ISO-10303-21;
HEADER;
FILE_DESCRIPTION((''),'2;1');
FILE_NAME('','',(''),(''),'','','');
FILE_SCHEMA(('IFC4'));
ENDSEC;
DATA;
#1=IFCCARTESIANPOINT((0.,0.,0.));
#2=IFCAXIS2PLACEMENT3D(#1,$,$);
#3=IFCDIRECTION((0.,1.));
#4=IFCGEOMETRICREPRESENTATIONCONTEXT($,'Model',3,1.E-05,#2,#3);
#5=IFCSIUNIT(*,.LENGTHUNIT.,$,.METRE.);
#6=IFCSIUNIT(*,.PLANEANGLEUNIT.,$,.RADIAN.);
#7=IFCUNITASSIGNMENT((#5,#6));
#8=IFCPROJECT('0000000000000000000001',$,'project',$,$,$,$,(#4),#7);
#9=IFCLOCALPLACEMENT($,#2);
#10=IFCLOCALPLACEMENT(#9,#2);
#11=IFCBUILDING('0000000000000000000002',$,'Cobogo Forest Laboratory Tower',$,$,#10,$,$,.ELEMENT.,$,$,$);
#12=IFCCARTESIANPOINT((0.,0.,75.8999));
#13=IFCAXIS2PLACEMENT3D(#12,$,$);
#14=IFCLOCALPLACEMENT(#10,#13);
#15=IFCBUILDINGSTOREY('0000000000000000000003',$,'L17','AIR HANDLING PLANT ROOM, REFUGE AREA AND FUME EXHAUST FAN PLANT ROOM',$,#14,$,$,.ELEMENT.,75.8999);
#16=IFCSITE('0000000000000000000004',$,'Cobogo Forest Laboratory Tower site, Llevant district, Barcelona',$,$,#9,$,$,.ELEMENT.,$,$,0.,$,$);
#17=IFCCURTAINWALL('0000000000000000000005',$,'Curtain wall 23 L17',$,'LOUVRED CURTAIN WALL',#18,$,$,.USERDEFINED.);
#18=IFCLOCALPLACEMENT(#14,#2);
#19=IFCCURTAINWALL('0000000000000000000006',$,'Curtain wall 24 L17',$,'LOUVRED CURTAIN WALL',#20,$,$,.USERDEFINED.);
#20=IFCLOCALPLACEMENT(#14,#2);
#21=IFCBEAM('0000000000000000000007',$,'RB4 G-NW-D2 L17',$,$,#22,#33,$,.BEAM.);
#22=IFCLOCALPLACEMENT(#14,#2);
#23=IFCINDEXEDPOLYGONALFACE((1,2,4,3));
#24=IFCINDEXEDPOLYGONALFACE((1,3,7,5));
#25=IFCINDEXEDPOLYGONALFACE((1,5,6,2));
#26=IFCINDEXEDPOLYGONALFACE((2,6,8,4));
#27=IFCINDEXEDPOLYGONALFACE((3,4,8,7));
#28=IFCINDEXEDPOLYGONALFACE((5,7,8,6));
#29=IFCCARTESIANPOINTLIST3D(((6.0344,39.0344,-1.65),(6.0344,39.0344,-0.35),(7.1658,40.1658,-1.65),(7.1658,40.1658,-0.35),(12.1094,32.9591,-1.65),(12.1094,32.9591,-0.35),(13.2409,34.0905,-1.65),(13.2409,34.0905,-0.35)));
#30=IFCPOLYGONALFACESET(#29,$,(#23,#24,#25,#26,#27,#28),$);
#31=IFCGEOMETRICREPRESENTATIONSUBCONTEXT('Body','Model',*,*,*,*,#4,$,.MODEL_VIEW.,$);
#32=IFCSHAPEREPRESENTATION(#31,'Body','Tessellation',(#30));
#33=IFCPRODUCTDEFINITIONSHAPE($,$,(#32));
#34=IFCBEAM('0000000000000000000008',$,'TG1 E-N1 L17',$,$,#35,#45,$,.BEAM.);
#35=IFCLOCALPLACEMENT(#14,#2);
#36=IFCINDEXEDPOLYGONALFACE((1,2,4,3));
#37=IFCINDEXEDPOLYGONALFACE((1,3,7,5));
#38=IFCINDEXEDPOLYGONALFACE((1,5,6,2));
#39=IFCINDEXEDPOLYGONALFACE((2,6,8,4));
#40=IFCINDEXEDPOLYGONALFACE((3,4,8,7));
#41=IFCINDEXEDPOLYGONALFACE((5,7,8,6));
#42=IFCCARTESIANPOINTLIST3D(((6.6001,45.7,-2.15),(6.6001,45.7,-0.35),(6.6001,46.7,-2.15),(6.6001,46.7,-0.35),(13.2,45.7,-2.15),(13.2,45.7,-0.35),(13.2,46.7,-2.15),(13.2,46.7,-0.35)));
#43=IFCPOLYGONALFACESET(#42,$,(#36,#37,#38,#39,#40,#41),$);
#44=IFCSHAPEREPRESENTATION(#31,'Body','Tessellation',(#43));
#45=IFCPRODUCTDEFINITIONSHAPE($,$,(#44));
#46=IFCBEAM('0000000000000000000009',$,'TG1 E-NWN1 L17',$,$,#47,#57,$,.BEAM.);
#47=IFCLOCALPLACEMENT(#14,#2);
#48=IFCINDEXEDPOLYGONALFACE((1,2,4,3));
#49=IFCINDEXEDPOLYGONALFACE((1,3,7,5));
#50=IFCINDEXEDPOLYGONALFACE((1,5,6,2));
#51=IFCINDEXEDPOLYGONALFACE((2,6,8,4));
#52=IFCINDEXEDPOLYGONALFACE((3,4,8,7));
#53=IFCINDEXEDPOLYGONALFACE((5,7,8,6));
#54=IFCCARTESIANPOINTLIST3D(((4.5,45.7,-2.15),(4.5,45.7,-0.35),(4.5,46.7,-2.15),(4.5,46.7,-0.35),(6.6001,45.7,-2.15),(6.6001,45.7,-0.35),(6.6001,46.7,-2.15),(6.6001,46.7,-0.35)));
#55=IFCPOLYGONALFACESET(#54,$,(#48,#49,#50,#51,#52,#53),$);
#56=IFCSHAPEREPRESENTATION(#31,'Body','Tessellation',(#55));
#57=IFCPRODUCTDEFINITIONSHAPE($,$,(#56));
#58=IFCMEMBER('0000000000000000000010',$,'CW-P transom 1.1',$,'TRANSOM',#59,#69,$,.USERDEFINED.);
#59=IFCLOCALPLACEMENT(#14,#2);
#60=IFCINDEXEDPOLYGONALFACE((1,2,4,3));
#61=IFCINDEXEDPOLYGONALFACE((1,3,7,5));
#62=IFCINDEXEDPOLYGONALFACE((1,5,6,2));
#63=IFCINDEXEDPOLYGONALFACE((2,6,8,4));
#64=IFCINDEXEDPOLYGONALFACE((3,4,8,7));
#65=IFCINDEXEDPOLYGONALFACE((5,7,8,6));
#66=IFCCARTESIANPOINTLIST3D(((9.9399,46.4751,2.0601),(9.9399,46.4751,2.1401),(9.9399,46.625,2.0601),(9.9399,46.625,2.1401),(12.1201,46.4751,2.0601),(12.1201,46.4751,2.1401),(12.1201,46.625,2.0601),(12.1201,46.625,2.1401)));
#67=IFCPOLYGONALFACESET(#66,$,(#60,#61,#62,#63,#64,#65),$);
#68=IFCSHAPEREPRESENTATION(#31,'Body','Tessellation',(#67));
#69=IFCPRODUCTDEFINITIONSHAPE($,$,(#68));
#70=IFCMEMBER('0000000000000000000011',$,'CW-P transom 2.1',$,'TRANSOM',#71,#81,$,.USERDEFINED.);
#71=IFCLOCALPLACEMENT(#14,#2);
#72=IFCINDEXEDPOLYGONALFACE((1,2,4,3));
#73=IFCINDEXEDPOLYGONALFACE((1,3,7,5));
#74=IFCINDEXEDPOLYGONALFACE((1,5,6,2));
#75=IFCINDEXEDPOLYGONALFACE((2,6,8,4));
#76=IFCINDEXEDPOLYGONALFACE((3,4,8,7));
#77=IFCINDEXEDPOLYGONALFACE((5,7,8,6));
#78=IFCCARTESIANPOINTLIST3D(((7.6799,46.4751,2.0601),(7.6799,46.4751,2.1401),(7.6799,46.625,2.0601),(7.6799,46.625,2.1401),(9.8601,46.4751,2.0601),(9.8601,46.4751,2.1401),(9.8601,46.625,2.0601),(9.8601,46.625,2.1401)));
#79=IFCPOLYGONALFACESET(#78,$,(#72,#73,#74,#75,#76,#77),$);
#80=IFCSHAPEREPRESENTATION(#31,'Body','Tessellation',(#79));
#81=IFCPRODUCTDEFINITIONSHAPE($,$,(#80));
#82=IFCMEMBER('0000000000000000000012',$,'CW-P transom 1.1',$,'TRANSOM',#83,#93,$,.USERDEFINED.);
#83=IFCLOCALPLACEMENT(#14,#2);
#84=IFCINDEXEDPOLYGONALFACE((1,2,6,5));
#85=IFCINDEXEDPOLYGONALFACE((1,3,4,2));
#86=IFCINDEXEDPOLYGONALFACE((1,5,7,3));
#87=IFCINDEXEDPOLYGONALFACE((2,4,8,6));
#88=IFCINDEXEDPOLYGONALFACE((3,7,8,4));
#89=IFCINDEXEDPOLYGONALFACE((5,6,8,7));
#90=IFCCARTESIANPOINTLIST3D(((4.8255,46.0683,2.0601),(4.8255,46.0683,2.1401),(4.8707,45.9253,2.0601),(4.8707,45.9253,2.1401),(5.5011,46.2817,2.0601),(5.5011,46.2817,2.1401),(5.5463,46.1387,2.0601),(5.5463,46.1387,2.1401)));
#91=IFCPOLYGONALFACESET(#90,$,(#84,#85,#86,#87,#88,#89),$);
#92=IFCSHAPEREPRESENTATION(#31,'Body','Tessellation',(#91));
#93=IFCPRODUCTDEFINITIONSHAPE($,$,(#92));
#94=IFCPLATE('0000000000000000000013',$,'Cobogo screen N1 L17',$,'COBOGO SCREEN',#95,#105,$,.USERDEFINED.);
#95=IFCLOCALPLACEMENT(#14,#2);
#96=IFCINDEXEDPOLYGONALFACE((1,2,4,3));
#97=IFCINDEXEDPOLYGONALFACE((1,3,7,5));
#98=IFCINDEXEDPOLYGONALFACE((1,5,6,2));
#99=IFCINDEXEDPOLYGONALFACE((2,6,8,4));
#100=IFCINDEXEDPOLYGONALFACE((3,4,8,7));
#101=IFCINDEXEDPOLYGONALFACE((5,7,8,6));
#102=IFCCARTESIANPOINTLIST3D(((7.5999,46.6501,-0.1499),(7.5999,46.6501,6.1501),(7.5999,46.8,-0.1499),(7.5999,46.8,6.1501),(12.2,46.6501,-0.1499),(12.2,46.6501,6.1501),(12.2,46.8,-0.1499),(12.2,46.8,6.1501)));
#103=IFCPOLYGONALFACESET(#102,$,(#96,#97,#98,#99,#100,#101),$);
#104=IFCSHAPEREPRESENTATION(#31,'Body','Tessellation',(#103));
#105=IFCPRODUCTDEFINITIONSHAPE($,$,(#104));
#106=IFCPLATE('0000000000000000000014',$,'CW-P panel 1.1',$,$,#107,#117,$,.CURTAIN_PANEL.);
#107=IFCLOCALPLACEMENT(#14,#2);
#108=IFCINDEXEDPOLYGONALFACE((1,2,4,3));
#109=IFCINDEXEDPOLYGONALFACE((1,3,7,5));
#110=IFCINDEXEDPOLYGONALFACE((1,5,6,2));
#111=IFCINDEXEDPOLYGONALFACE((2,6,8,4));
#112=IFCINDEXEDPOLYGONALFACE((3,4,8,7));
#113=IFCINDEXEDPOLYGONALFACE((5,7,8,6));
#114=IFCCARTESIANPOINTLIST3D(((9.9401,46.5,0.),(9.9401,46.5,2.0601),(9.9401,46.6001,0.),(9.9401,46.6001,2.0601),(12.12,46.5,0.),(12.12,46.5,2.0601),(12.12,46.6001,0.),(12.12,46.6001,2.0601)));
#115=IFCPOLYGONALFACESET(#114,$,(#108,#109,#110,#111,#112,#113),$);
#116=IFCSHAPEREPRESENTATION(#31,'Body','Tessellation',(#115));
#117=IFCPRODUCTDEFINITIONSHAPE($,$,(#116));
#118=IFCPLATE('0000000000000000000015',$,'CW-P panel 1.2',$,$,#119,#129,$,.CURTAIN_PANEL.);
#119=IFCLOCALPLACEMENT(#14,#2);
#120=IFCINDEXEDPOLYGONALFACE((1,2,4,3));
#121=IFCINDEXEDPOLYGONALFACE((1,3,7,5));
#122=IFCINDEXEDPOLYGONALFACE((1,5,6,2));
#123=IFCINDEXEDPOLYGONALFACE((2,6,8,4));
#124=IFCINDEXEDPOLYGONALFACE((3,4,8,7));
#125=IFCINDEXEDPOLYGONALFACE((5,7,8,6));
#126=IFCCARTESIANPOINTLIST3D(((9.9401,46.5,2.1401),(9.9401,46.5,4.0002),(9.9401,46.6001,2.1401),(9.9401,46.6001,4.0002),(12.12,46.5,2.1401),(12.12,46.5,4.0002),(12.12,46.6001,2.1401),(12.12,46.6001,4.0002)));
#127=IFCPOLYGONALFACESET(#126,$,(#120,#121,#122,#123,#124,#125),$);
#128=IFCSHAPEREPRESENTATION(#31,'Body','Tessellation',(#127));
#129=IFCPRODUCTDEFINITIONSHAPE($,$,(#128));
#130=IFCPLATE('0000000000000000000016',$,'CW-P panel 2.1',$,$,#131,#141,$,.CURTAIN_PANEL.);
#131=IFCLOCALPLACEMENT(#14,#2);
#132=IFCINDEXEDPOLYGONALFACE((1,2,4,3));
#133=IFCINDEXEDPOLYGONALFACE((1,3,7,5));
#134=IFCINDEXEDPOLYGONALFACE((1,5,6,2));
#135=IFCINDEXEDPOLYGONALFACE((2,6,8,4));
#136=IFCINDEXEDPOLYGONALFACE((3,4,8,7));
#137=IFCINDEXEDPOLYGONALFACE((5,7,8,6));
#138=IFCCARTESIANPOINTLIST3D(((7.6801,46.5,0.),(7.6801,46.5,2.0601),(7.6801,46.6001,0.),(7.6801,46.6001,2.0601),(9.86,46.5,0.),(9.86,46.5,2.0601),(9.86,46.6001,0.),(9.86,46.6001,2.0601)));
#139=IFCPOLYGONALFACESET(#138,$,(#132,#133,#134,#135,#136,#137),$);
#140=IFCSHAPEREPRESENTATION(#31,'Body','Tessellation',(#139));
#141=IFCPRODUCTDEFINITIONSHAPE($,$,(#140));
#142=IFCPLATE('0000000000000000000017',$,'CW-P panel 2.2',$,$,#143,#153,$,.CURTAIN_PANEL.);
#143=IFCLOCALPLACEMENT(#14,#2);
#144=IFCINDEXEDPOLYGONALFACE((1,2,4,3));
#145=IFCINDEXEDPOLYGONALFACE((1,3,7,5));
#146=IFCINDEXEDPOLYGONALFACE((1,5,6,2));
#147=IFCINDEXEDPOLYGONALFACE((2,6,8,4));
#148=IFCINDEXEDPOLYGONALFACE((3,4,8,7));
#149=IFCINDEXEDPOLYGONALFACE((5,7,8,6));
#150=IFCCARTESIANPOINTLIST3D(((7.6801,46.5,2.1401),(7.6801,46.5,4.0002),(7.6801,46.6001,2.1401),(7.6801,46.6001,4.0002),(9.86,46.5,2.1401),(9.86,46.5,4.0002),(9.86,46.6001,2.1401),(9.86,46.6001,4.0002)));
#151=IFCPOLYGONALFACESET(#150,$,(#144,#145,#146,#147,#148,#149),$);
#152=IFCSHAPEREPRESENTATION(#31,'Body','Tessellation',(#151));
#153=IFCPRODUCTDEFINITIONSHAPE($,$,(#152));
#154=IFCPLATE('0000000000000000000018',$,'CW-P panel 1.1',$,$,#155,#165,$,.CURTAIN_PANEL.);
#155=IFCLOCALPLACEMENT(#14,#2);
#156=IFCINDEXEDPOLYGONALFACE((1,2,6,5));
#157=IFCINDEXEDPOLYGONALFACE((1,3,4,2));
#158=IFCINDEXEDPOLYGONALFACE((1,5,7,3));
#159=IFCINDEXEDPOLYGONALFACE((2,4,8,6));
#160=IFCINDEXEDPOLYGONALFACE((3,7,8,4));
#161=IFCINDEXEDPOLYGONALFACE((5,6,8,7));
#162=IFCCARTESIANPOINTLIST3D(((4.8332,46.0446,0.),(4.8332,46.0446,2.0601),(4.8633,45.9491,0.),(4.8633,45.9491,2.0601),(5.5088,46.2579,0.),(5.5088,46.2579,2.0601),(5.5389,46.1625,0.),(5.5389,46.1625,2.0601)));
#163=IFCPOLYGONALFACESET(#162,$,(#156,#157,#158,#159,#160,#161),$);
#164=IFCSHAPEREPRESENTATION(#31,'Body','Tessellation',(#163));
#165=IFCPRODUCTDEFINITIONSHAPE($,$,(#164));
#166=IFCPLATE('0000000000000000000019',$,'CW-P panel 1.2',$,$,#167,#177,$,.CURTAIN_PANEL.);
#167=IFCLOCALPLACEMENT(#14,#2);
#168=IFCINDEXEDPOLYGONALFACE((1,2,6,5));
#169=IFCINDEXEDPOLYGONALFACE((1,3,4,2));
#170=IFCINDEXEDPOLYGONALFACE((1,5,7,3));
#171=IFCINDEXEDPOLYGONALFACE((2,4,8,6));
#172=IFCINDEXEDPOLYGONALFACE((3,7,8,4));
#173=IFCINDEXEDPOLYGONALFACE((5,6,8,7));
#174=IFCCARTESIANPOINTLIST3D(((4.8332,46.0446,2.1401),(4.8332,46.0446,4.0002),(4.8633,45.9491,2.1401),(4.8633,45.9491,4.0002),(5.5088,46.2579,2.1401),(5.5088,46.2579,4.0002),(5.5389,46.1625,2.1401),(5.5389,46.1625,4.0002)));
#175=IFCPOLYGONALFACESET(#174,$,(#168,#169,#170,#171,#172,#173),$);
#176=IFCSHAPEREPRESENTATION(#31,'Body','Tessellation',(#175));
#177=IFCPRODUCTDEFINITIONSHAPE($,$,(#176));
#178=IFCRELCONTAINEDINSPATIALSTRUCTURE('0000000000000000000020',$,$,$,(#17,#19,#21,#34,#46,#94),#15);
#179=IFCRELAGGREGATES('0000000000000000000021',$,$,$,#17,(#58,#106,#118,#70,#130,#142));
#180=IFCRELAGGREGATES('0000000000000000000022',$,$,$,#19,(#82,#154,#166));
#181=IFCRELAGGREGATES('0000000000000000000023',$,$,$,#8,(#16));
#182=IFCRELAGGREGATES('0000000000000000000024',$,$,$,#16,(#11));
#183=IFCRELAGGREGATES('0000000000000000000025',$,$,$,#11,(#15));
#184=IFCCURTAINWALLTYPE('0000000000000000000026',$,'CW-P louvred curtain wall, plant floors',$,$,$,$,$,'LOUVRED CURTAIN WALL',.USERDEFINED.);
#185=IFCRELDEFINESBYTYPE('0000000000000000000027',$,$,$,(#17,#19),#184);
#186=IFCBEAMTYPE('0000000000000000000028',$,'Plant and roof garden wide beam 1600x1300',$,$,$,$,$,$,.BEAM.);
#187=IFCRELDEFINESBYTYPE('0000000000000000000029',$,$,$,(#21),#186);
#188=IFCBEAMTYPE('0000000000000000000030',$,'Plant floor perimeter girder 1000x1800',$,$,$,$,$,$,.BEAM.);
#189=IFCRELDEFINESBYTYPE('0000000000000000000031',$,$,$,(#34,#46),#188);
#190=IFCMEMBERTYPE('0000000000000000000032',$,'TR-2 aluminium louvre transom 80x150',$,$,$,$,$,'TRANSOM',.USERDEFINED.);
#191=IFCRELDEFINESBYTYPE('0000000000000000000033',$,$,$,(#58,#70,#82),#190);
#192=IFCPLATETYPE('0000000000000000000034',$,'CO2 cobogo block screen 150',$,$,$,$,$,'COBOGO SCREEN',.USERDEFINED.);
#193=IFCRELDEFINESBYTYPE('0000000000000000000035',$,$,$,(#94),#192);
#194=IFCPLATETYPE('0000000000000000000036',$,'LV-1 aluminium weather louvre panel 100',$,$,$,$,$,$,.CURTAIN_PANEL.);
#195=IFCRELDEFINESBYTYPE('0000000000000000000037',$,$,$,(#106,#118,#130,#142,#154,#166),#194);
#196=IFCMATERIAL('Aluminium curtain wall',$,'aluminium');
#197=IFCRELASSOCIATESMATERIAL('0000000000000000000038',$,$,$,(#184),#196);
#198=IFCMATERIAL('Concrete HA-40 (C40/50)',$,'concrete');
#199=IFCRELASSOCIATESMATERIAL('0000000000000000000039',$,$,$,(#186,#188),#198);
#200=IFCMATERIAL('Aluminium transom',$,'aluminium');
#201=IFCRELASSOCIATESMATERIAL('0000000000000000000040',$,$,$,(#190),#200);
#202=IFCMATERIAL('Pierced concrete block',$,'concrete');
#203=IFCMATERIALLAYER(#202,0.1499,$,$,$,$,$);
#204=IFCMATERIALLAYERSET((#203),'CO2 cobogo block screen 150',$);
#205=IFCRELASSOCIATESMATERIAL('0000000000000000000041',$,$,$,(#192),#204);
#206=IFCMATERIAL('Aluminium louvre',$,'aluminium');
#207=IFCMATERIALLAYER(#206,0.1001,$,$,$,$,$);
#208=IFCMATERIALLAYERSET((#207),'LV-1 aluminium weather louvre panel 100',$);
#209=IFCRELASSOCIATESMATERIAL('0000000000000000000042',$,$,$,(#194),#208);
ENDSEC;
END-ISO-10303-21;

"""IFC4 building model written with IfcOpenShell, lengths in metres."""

from ifc_helpers import new_model, si_unit, direction, frame, origin, origin_2d, place, context, subcontext, project, spatial, rectangle, extrude, material, layer, layer_set, material_profile, profile_set, type_object, element, aggregate, save


model = new_model("IFC4")

# Units and contexts
model_context = context("Model", 3, precision=1e-05, world=origin(), true_north=direction((0.0, 1.0)))
body_context = subcontext(model_context, "Body", "Model", "MODEL_VIEW")
ifc_project = project(units=[si_unit("LENGTHUNIT", "METRE"), si_unit("PLANEANGLEUNIT", "RADIAN")], contexts=[model_context])

# Site, building, storey
site_placement = place(None, origin())
site = spatial("IfcSite", under=ifc_project, at=site_placement, Name="Cobogo Forest Laboratory Tower site, Llevant district, Barcelona", CompositionType="ELEMENT", RefElevation=0.0)
building_placement = place(site_placement, origin())
building = spatial("IfcBuilding", under=site, at=building_placement, Name="Cobogo Forest Laboratory Tower", CompositionType="ELEMENT")
storey_placement = place(building_placement, frame((0.0, 0.0, 75.8999)))
storey = spatial("IfcBuildingStorey", under=building, at=storey_placement, Name="L17", Description="AIR HANDLING PLANT ROOM, REFUGE AREA AND FUME EXHAUST FAN PLANT ROOM", CompositionType="ELEMENT", Elevation=75.8999)

# Curtain wall
ifc_material_1 = material(Name="Aluminium curtain wall", Category="aluminium")
curtain_wall_type = type_object("IfcCurtainWallType", Name="CW-P louvred curtain wall, plant floors", ElementType="LOUVRED CURTAIN WALL", PredefinedType="USERDEFINED", material=ifc_material_1)
curtain_wall_1_placement = place(storey_placement, origin())
curtain_wall_1 = element("IfcCurtainWall", 1, at=curtain_wall_1_placement, inside=storey, type_object=curtain_wall_type, Name="Curtain wall 23 L17", ObjectType="LOUVRED CURTAIN WALL", PredefinedType="USERDEFINED")

# Curtain wall
curtain_wall_2_placement = place(storey_placement, origin())
curtain_wall_2 = element("IfcCurtainWall", 2, at=curtain_wall_2_placement, inside=storey, type_object=curtain_wall_type, Name="Curtain wall 24 L17", ObjectType="LOUVRED CURTAIN WALL", PredefinedType="USERDEFINED")

# Beams
ifc_material_2 = material(Name="Concrete HA-40 (C40/50)", Category="concrete")
ifc_material_profile_1 = material_profile(ifc_material_2, rectangle(XDim=1.6001, YDim=1.3, at=origin_2d()), Name="RC 1600x1300")
ifc_profile_set_1 = profile_set([ifc_material_profile_1], Name="Concrete HA-40 (C40/50)")
beam_type_1 = type_object("IfcBeamType", Name="Plant and roof garden wide beam 1600x1300", PredefinedType="BEAM", material=ifc_profile_set_1)
beam_1_placement = place(storey_placement, frame((6.6001, 39.6001, -1.0), z_axis=(0.707093, -0.707121, 0.0), x_axis=(0.707121, 0.707093, 0.0)))
element("IfcBeam", 3, at=beam_1_placement, inside=storey, type_object=beam_type_1, Name="RB4 G-NW-D2 L17", PredefinedType="BEAM", context=body_context, shape_type="SweptSolid", body=[
    extrude(rectangle(XDim=1.6001, YDim=1.3, at=origin_2d()), origin(), (0.0, 0.0, 1.0), 8.5916),
])
ifc_material_profile_2 = material_profile(ifc_material_2, rectangle(XDim=1.0, YDim=1.8, at=origin_2d()), Name="RC 1000x1800")
ifc_profile_set_2 = profile_set([ifc_material_profile_2], Name="Concrete HA-40 (C40/50)")
beam_type_2 = type_object("IfcBeamType", Name="Plant floor perimeter girder 1000x1800", PredefinedType="BEAM", material=ifc_profile_set_2)
beam_2_placement = place(storey_placement, frame((6.6001, 46.2, -1.25), z_axis=(1.0, 0.0, 0.0), x_axis=(0.0, 1.0, 0.0)))
element("IfcBeam", 4, at=beam_2_placement, inside=storey, type_object=beam_type_2, Name="TG1 E-N1 L17", PredefinedType="BEAM", context=body_context, shape_type="SweptSolid", body=[
    extrude(rectangle(XDim=1.0, YDim=1.8, at=origin_2d()), origin(), (0.0, 0.0, 1.0), 6.5999),
])
beam_3_placement = place(storey_placement, frame((6.6001, 46.2, -1.25), z_axis=(-1.0, 0.0, 0.0), x_axis=(0.0, -1.0, 0.0)))
element("IfcBeam", 5, at=beam_3_placement, inside=storey, type_object=beam_type_2, Name="TG1 E-NWN1 L17", PredefinedType="BEAM", context=body_context, shape_type="SweptSolid", body=[
    extrude(rectangle(XDim=1.0, YDim=1.8, at=origin_2d()), origin(), (0.0, 0.0, 1.0), 2.1001),
])

# Members
ifc_material_3 = material(Name="Aluminium transom", Category="aluminium")
ifc_material_profile_3 = material_profile(ifc_material_3, rectangle(XDim=0.1499, YDim=0.0801, at=origin_2d()), Name="AL 80x150")
ifc_profile_set_3 = profile_set([ifc_material_profile_3], Name="Aluminium transom")
member_type_1 = type_object("IfcMemberType", Name="TR-2 aluminium louvre transom 80x150", ElementType="TRANSOM", PredefinedType="USERDEFINED", material=ifc_profile_set_3)
member_1_placement = place(storey_placement, frame((12.1201, 46.55, 2.1001), z_axis=(-1.0, 0.0, 0.0), x_axis=(0.0, -1.0, 0.0)))
member_1 = element("IfcMember", 6, at=member_1_placement, type_object=member_type_1, Name="CW-P transom 1.1", ObjectType="TRANSOM", PredefinedType="USERDEFINED", context=body_context, shape_type="SweptSolid", body=[
    extrude(rectangle(XDim=0.1499, YDim=0.0801, at=origin_2d()), origin(), (0.0, 0.0, 1.0), 2.1802),
])
member_2_placement = place(storey_placement, frame((9.8601, 46.55, 2.1001), z_axis=(-1.0, 0.0, 0.0), x_axis=(0.0, -1.0, 0.0)))
member_2 = element("IfcMember", 7, at=member_2_placement, type_object=member_type_1, Name="CW-P transom 2.1", ObjectType="TRANSOM", PredefinedType="USERDEFINED", context=body_context, shape_type="SweptSolid", body=[
    extrude(rectangle(XDim=0.1499, YDim=0.0801, at=origin_2d()), origin(), (0.0, 0.0, 1.0), 2.1802),
])
member_3_placement = place(storey_placement, frame((5.5237, 46.2102, 2.1001), z_axis=(-0.953562, -0.301197, 0.0), x_axis=(0.301197, -0.953562, 0.0)))
member_3 = element("IfcMember", 8, at=member_3_placement, type_object=member_type_1, Name="CW-P transom 1.1", ObjectType="TRANSOM", PredefinedType="USERDEFINED", context=body_context, shape_type="SweptSolid", body=[
    extrude(rectangle(XDim=0.1499, YDim=0.0801, at=origin_2d()), origin(), (0.0, 0.0, 1.0), 0.7085),
])

# Plates
ifc_material_4 = material(Name="Pierced concrete block", Category="concrete")
ifc_layer_1 = layer(ifc_material_4, 0.1499)
ifc_layer_set_1 = layer_set([ifc_layer_1], Name="CO2 cobogo block screen 150")
plate_type_1 = type_object("IfcPlateType", Name="CO2 cobogo block screen 150", ElementType="COBOGO SCREEN", PredefinedType="USERDEFINED", material=ifc_layer_set_1)
plate_1_placement = place(storey_placement, frame((9.8999, 46.7251, -0.1499), z_axis=(0.0, 0.0, 1.0), x_axis=(1.0, 0.0, 0.0)))
element("IfcPlate", 9, at=plate_1_placement, inside=storey, type_object=plate_type_1, Name="Cobogo screen N1 L17", ObjectType="COBOGO SCREEN", PredefinedType="USERDEFINED", context=body_context, shape_type="SweptSolid", body=[
    extrude(rectangle(XDim=4.6001, YDim=0.1499, at=origin_2d()), origin(), (0.0, 0.0, 1.0), 6.3),
])
ifc_material_5 = material(Name="Aluminium louvre", Category="aluminium")
ifc_layer_2 = layer(ifc_material_5, 0.1001)
ifc_layer_set_2 = layer_set([ifc_layer_2], Name="LV-1 aluminium weather louvre panel 100")
plate_type_2 = type_object("IfcPlateType", Name="LV-1 aluminium weather louvre panel 100", PredefinedType="CURTAIN_PANEL", material=ifc_layer_set_2)
plate_2_placement = place(storey_placement, frame((11.03, 46.55, 0.0), z_axis=(0.0, 0.0, 1.0), x_axis=(-1.0, 0.0, 0.0)))
plate_2 = element("IfcPlate", 10, at=plate_2_placement, type_object=plate_type_2, Name="CW-P panel 1.1", PredefinedType="CURTAIN_PANEL", context=body_context, shape_type="SweptSolid", body=[
    extrude(rectangle(XDim=2.1799, YDim=0.1001, at=origin_2d()), origin(), (0.0, 0.0, 1.0), 2.0601),
])
plate_3_placement = place(storey_placement, frame((11.03, 46.55, 2.1401), z_axis=(0.0, 0.0, 1.0), x_axis=(-1.0, 0.0, 0.0)))
plate_3 = element("IfcPlate", 11, at=plate_3_placement, type_object=plate_type_2, Name="CW-P panel 1.2", PredefinedType="CURTAIN_PANEL", context=body_context, shape_type="SweptSolid", body=[
    extrude(rectangle(XDim=2.1799, YDim=0.1001, at=origin_2d()), origin(), (0.0, 0.0, 1.0), 1.8601),
])
plate_4_placement = place(storey_placement, frame((8.77, 46.55, 0.0), z_axis=(0.0, 0.0, 1.0), x_axis=(-1.0, 0.0, 0.0)))
plate_4 = element("IfcPlate", 12, at=plate_4_placement, type_object=plate_type_2, Name="CW-P panel 2.1", PredefinedType="CURTAIN_PANEL", context=body_context, shape_type="SweptSolid", body=[
    extrude(rectangle(XDim=2.1799, YDim=0.1001, at=origin_2d()), origin(), (0.0, 0.0, 1.0), 2.0601),
])
plate_5_placement = place(storey_placement, frame((8.77, 46.55, 2.1401), z_axis=(0.0, 0.0, 1.0), x_axis=(-1.0, 0.0, 0.0)))
plate_5 = element("IfcPlate", 13, at=plate_5_placement, type_object=plate_type_2, Name="CW-P panel 2.2", PredefinedType="CURTAIN_PANEL", context=body_context, shape_type="SweptSolid", body=[
    extrude(rectangle(XDim=2.1799, YDim=0.1001, at=origin_2d()), origin(), (0.0, 0.0, 1.0), 1.8601),
])
aggregate(curtain_wall_1, [member_1, plate_2, plate_3, member_2, plate_4, plate_5])
plate_6_placement = place(storey_placement, frame((5.186, 46.1035, 0.0), z_axis=(0.0, 0.0, 1.0), x_axis=(-0.953581, -0.301136, 0.0)))
plate_6 = element("IfcPlate", 14, at=plate_6_placement, type_object=plate_type_2, Name="CW-P panel 1.1", PredefinedType="CURTAIN_PANEL", context=body_context, shape_type="SweptSolid", body=[
    extrude(rectangle(XDim=0.7085, YDim=0.1001, at=origin_2d()), origin(), (0.0, 0.0, 1.0), 2.0601),
])
plate_7_placement = place(storey_placement, frame((5.186, 46.1035, 2.1401), z_axis=(0.0, 0.0, 1.0), x_axis=(-0.953581, -0.301136, 0.0)))
plate_7 = element("IfcPlate", 15, at=plate_7_placement, type_object=plate_type_2, Name="CW-P panel 1.2", PredefinedType="CURTAIN_PANEL", context=body_context, shape_type="SweptSolid", body=[
    extrude(rectangle(XDim=0.7085, YDim=0.1001, at=origin_2d()), origin(), (0.0, 0.0, 1.0), 1.8601),
])
aggregate(curtain_wall_2, [member_3, plate_6, plate_7])

save(model, "model.ifc")
